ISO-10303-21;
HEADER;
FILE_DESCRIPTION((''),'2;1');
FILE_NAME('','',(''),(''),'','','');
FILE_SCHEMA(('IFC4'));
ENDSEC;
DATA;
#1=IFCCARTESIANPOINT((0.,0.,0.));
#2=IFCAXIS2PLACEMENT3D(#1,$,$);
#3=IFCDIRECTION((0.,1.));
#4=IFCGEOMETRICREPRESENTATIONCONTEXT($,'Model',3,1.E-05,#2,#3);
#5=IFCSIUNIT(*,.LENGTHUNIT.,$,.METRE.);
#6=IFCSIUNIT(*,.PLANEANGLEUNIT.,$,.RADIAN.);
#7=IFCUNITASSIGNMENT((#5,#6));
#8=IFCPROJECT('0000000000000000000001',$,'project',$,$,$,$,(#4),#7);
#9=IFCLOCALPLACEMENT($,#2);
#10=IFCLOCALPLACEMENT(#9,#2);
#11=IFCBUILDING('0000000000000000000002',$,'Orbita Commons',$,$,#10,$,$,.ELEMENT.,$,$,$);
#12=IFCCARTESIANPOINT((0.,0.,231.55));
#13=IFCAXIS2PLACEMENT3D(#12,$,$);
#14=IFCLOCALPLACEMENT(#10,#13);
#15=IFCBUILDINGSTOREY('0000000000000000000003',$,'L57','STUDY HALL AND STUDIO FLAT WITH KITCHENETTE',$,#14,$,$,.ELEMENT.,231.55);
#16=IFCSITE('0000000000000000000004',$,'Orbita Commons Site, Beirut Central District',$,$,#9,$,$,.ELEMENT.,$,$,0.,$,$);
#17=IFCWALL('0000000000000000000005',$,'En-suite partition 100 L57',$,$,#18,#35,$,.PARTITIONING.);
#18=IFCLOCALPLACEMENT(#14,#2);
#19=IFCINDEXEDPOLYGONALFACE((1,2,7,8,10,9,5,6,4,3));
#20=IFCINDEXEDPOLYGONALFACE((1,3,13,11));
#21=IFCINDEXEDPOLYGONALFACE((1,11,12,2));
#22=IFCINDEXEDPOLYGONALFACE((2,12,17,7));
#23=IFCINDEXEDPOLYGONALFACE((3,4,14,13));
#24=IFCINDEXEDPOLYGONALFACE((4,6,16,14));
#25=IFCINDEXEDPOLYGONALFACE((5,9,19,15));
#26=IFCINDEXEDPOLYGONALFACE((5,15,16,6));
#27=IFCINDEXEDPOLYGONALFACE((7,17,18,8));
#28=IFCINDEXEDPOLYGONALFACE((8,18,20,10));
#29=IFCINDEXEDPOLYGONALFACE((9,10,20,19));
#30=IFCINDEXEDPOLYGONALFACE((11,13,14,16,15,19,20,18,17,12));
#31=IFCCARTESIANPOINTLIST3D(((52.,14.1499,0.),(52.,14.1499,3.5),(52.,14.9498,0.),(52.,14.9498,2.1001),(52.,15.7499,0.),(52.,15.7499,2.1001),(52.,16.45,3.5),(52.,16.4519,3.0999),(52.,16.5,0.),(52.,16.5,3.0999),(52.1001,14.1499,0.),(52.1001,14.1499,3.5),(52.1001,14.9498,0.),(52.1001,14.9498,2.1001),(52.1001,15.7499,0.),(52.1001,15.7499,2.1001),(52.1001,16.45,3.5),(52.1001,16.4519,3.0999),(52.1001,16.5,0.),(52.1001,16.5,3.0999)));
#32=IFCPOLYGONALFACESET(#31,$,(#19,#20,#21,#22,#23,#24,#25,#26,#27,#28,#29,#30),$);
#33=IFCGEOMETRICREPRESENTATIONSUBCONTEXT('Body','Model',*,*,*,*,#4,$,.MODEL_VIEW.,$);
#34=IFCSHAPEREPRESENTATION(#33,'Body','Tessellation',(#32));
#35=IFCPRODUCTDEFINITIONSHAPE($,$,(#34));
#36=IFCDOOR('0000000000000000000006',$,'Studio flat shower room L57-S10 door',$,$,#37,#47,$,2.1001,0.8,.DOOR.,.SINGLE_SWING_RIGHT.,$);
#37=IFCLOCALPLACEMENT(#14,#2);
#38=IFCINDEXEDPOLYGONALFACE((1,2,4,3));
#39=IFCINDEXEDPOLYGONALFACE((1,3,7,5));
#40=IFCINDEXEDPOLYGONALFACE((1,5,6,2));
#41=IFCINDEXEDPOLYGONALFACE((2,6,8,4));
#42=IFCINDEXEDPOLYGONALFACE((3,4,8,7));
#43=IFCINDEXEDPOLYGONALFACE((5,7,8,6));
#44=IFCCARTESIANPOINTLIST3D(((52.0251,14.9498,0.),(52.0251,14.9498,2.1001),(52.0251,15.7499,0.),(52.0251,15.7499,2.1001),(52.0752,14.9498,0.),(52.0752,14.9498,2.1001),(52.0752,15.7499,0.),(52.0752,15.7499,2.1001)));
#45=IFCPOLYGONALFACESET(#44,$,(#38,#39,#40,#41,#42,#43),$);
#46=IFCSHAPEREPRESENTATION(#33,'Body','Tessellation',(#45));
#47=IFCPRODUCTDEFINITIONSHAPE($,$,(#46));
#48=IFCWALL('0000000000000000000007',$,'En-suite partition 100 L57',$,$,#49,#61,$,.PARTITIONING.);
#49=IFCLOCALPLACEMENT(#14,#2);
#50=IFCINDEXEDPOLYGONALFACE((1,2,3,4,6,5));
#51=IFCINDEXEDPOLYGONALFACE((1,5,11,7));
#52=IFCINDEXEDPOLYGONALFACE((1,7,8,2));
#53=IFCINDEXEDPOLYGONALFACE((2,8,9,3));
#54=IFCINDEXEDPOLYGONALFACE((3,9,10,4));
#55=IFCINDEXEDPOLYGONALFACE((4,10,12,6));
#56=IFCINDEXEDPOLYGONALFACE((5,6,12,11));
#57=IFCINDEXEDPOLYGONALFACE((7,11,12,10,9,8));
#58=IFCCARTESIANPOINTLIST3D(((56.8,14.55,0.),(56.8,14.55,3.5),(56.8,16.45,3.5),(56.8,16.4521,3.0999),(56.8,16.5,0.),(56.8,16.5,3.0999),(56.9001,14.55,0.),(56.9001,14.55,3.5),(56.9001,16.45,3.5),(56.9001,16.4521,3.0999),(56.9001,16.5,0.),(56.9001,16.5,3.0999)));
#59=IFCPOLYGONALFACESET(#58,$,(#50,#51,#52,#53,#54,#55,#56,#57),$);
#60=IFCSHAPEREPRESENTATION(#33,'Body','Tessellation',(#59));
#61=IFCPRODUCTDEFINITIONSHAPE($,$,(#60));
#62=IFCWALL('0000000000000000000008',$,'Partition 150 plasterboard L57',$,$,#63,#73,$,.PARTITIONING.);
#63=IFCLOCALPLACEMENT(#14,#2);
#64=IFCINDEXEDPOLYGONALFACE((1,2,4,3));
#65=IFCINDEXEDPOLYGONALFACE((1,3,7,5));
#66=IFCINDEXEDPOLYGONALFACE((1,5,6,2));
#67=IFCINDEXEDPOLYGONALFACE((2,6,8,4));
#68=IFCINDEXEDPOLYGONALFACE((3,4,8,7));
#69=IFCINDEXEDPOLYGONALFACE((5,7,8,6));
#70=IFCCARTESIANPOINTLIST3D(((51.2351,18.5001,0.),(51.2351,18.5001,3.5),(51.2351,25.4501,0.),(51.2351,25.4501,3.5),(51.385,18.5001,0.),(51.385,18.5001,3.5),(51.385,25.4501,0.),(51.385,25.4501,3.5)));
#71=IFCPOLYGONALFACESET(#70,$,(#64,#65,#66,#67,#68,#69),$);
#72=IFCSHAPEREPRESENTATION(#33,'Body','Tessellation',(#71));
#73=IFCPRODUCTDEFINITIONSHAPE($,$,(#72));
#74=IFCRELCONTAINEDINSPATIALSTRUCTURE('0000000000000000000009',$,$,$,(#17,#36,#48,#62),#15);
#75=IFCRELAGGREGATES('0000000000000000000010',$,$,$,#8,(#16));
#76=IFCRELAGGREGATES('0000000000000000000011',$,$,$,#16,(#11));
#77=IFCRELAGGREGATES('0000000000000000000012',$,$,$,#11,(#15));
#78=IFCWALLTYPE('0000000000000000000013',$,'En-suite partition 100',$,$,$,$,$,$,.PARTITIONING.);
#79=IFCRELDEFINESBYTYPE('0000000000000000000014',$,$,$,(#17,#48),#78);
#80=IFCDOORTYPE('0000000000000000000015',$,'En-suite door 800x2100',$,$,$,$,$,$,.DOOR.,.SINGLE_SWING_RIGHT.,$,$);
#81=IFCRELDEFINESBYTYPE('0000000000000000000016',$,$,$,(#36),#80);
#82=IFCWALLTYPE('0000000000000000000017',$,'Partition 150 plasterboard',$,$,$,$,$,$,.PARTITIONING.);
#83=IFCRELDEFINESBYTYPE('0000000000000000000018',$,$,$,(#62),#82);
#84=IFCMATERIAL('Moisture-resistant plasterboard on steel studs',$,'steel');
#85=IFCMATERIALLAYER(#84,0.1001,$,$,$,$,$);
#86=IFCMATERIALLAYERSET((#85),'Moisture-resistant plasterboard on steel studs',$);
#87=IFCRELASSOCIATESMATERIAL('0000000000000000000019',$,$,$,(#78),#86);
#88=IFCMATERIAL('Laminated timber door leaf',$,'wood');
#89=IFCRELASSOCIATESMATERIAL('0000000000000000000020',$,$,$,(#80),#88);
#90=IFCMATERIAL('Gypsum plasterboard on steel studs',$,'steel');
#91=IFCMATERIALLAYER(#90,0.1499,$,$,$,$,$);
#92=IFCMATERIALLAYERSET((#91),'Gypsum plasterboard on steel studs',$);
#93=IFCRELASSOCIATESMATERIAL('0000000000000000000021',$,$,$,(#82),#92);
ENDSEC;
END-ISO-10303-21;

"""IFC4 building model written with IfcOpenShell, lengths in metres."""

from ifc_helpers import new_model, si_unit, direction, frame, frame_2d, origin, place, context, subcontext, project, spatial, polyline, rectangle, outline, extrude, material, layer, layer_set, type_object, element, fill, save


model = new_model("IFC4")

# Units and contexts
model_context = context("Model", 3, precision=1e-05, world=origin(), true_north=direction((0.0, 1.0)))
body_context = subcontext(model_context, "Body", "Model", "MODEL_VIEW")
ifc_project = project(units=[si_unit("LENGTHUNIT", "METRE"), si_unit("PLANEANGLEUNIT", "RADIAN")], contexts=[model_context])

# Site, building, storey
site_placement = place(None, origin())
site = spatial("IfcSite", under=ifc_project, at=site_placement, Name="Orbita Commons Site, Beirut Central District", CompositionType="ELEMENT", RefElevation=0.0)
building_placement = place(site_placement, origin())
building = spatial("IfcBuilding", under=site, at=building_placement, Name="Orbita Commons", CompositionType="ELEMENT")
storey_placement = place(building_placement, frame((0.0, 0.0, 231.55)))
storey = spatial("IfcBuildingStorey", under=building, at=storey_placement, Name="L57", Description="STUDY HALL AND STUDIO FLAT WITH KITCHENETTE", CompositionType="ELEMENT", Elevation=231.55)

# Shared definitions
ifc_material_1 = material(Name="Moisture-resistant plasterboard on steel studs", Category="steel")
ifc_layer_1 = layer(ifc_material_1, 0.1001)
ifc_layer_set_1 = layer_set([ifc_layer_1], Name="Moisture-resistant plasterboard on steel studs")
wall_type_1 = type_object("IfcWallType", Name="En-suite partition 100", PredefinedType="PARTITIONING", material=ifc_layer_set_1)
ifc_material_2 = material(Name="Laminated timber door leaf", Category="wood")
door_type_1 = type_object("IfcDoorType", Name="En-suite door 800x2100", OperationType="SINGLE_SWING_RIGHT", PredefinedType="DOOR", material=ifc_material_2)

# Wall, opening, door
wall_1_placement = place(storey_placement, frame((52.05, 14.1499, 0.0), z_axis=(0.0, 0.0, 1.0), x_axis=(0.0, 1.0, 0.0)))
wall_1 = element("IfcWall", 1, at=wall_1_placement, inside=storey, type_object=wall_type_1, Name="En-suite partition 100 L57", PredefinedType="PARTITIONING", context=body_context, shape_type="SweptSolid", body=[
    extrude(outline(polyline([(0.0, 0.0), (2.3501, 0.0), (2.3501, 3.0999), (2.302, 3.0999), (2.3, 3.5), (0.0, 3.5), (0.0, 0.0)])), frame((0.0, 0.05, 0.0), z_axis=(0.0, -1.0, 0.0), x_axis=(1.0, 0.0, 0.0)), (0.0, 0.0, 1.0), 0.1001),
])
opening_1_placement = place(wall_1_placement, frame((0.8, 0.0, 0.0)))
opening_1 = element("IfcOpeningElement", 2, at=opening_1_placement, cuts=wall_1, PredefinedType="OPENING", context=body_context, shape_type="SweptSolid", body=[
    extrude(rectangle(XDim=0.8, YDim=2.1001, at=frame_2d((0.3999, 1.05))), frame((0.0, 0.0601, 0.0), z_axis=(0.0, -1.0, 0.0), x_axis=(1.0, 0.0, 0.0)), (0.0, 0.0, 1.0), 0.1201),
])
door_1_placement = place(opening_1_placement, origin())
door_1 = element("IfcDoor", 3, at=door_1_placement, inside=storey, type_object=door_type_1, Name="Studio flat shower room L57-S10 door", OperationType="SINGLE_SWING_RIGHT", OverallHeight=2.1001, OverallWidth=0.8, PredefinedType="DOOR", context=body_context, shape_type="SweptSolid", body=[
    extrude(rectangle(XDim=0.8, YDim=2.1001, at=frame_2d((0.3999, 1.05))), frame((0.0, 0.0249, 0.0), z_axis=(0.0, -1.0, 0.0), x_axis=(1.0, 0.0, 0.0)), (0.0, 0.0, 1.0), 0.05),
])
fill(opening_1, door_1)

# Walls
wall_2_placement = place(storey_placement, frame((56.8501, 14.55, 0.0), z_axis=(0.0, 0.0, 1.0), x_axis=(0.0, 1.0, 0.0)))
element("IfcWall", 4, at=wall_2_placement, inside=storey, type_object=wall_type_1, Name="En-suite partition 100 L57", PredefinedType="PARTITIONING", context=body_context, shape_type="SweptSolid", body=[
    extrude(outline(polyline([(0.0, 0.0), (1.95, 0.0), (1.95, 3.0999), (1.9021, 3.0999), (1.8999, 3.5), (0.0, 3.5), (0.0, 0.0)])), frame((0.0, 0.05, 0.0), z_axis=(0.0, -1.0, 0.0), x_axis=(1.0, 0.0, 0.0)), (0.0, 0.0, 1.0), 0.1001),
])
ifc_material_3 = material(Name="Gypsum plasterboard on steel studs", Category="steel")
ifc_layer_2 = layer(ifc_material_3, 0.1499)
ifc_layer_set_2 = layer_set([ifc_layer_2], Name="Gypsum plasterboard on steel studs")
wall_type_2 = type_object("IfcWallType", Name="Partition 150 plasterboard", PredefinedType="PARTITIONING", material=ifc_layer_set_2)
wall_3_placement = place(storey_placement, frame((51.3101, 18.5, 0.0), z_axis=(0.0, 0.0, 1.0), x_axis=(0.0, 1.0, 0.0)))
element("IfcWall", 5, at=wall_3_placement, inside=storey, type_object=wall_type_2, Name="Partition 150 plasterboard L57", PredefinedType="PARTITIONING", context=body_context, shape_type="SweptSolid", body=[
    extrude(rectangle(XDim=6.95, YDim=0.1499, at=frame_2d((3.4751, 0.0))), origin(), (0.0, 0.0, 1.0), 3.5),
])

save(model, "model.ifc")
